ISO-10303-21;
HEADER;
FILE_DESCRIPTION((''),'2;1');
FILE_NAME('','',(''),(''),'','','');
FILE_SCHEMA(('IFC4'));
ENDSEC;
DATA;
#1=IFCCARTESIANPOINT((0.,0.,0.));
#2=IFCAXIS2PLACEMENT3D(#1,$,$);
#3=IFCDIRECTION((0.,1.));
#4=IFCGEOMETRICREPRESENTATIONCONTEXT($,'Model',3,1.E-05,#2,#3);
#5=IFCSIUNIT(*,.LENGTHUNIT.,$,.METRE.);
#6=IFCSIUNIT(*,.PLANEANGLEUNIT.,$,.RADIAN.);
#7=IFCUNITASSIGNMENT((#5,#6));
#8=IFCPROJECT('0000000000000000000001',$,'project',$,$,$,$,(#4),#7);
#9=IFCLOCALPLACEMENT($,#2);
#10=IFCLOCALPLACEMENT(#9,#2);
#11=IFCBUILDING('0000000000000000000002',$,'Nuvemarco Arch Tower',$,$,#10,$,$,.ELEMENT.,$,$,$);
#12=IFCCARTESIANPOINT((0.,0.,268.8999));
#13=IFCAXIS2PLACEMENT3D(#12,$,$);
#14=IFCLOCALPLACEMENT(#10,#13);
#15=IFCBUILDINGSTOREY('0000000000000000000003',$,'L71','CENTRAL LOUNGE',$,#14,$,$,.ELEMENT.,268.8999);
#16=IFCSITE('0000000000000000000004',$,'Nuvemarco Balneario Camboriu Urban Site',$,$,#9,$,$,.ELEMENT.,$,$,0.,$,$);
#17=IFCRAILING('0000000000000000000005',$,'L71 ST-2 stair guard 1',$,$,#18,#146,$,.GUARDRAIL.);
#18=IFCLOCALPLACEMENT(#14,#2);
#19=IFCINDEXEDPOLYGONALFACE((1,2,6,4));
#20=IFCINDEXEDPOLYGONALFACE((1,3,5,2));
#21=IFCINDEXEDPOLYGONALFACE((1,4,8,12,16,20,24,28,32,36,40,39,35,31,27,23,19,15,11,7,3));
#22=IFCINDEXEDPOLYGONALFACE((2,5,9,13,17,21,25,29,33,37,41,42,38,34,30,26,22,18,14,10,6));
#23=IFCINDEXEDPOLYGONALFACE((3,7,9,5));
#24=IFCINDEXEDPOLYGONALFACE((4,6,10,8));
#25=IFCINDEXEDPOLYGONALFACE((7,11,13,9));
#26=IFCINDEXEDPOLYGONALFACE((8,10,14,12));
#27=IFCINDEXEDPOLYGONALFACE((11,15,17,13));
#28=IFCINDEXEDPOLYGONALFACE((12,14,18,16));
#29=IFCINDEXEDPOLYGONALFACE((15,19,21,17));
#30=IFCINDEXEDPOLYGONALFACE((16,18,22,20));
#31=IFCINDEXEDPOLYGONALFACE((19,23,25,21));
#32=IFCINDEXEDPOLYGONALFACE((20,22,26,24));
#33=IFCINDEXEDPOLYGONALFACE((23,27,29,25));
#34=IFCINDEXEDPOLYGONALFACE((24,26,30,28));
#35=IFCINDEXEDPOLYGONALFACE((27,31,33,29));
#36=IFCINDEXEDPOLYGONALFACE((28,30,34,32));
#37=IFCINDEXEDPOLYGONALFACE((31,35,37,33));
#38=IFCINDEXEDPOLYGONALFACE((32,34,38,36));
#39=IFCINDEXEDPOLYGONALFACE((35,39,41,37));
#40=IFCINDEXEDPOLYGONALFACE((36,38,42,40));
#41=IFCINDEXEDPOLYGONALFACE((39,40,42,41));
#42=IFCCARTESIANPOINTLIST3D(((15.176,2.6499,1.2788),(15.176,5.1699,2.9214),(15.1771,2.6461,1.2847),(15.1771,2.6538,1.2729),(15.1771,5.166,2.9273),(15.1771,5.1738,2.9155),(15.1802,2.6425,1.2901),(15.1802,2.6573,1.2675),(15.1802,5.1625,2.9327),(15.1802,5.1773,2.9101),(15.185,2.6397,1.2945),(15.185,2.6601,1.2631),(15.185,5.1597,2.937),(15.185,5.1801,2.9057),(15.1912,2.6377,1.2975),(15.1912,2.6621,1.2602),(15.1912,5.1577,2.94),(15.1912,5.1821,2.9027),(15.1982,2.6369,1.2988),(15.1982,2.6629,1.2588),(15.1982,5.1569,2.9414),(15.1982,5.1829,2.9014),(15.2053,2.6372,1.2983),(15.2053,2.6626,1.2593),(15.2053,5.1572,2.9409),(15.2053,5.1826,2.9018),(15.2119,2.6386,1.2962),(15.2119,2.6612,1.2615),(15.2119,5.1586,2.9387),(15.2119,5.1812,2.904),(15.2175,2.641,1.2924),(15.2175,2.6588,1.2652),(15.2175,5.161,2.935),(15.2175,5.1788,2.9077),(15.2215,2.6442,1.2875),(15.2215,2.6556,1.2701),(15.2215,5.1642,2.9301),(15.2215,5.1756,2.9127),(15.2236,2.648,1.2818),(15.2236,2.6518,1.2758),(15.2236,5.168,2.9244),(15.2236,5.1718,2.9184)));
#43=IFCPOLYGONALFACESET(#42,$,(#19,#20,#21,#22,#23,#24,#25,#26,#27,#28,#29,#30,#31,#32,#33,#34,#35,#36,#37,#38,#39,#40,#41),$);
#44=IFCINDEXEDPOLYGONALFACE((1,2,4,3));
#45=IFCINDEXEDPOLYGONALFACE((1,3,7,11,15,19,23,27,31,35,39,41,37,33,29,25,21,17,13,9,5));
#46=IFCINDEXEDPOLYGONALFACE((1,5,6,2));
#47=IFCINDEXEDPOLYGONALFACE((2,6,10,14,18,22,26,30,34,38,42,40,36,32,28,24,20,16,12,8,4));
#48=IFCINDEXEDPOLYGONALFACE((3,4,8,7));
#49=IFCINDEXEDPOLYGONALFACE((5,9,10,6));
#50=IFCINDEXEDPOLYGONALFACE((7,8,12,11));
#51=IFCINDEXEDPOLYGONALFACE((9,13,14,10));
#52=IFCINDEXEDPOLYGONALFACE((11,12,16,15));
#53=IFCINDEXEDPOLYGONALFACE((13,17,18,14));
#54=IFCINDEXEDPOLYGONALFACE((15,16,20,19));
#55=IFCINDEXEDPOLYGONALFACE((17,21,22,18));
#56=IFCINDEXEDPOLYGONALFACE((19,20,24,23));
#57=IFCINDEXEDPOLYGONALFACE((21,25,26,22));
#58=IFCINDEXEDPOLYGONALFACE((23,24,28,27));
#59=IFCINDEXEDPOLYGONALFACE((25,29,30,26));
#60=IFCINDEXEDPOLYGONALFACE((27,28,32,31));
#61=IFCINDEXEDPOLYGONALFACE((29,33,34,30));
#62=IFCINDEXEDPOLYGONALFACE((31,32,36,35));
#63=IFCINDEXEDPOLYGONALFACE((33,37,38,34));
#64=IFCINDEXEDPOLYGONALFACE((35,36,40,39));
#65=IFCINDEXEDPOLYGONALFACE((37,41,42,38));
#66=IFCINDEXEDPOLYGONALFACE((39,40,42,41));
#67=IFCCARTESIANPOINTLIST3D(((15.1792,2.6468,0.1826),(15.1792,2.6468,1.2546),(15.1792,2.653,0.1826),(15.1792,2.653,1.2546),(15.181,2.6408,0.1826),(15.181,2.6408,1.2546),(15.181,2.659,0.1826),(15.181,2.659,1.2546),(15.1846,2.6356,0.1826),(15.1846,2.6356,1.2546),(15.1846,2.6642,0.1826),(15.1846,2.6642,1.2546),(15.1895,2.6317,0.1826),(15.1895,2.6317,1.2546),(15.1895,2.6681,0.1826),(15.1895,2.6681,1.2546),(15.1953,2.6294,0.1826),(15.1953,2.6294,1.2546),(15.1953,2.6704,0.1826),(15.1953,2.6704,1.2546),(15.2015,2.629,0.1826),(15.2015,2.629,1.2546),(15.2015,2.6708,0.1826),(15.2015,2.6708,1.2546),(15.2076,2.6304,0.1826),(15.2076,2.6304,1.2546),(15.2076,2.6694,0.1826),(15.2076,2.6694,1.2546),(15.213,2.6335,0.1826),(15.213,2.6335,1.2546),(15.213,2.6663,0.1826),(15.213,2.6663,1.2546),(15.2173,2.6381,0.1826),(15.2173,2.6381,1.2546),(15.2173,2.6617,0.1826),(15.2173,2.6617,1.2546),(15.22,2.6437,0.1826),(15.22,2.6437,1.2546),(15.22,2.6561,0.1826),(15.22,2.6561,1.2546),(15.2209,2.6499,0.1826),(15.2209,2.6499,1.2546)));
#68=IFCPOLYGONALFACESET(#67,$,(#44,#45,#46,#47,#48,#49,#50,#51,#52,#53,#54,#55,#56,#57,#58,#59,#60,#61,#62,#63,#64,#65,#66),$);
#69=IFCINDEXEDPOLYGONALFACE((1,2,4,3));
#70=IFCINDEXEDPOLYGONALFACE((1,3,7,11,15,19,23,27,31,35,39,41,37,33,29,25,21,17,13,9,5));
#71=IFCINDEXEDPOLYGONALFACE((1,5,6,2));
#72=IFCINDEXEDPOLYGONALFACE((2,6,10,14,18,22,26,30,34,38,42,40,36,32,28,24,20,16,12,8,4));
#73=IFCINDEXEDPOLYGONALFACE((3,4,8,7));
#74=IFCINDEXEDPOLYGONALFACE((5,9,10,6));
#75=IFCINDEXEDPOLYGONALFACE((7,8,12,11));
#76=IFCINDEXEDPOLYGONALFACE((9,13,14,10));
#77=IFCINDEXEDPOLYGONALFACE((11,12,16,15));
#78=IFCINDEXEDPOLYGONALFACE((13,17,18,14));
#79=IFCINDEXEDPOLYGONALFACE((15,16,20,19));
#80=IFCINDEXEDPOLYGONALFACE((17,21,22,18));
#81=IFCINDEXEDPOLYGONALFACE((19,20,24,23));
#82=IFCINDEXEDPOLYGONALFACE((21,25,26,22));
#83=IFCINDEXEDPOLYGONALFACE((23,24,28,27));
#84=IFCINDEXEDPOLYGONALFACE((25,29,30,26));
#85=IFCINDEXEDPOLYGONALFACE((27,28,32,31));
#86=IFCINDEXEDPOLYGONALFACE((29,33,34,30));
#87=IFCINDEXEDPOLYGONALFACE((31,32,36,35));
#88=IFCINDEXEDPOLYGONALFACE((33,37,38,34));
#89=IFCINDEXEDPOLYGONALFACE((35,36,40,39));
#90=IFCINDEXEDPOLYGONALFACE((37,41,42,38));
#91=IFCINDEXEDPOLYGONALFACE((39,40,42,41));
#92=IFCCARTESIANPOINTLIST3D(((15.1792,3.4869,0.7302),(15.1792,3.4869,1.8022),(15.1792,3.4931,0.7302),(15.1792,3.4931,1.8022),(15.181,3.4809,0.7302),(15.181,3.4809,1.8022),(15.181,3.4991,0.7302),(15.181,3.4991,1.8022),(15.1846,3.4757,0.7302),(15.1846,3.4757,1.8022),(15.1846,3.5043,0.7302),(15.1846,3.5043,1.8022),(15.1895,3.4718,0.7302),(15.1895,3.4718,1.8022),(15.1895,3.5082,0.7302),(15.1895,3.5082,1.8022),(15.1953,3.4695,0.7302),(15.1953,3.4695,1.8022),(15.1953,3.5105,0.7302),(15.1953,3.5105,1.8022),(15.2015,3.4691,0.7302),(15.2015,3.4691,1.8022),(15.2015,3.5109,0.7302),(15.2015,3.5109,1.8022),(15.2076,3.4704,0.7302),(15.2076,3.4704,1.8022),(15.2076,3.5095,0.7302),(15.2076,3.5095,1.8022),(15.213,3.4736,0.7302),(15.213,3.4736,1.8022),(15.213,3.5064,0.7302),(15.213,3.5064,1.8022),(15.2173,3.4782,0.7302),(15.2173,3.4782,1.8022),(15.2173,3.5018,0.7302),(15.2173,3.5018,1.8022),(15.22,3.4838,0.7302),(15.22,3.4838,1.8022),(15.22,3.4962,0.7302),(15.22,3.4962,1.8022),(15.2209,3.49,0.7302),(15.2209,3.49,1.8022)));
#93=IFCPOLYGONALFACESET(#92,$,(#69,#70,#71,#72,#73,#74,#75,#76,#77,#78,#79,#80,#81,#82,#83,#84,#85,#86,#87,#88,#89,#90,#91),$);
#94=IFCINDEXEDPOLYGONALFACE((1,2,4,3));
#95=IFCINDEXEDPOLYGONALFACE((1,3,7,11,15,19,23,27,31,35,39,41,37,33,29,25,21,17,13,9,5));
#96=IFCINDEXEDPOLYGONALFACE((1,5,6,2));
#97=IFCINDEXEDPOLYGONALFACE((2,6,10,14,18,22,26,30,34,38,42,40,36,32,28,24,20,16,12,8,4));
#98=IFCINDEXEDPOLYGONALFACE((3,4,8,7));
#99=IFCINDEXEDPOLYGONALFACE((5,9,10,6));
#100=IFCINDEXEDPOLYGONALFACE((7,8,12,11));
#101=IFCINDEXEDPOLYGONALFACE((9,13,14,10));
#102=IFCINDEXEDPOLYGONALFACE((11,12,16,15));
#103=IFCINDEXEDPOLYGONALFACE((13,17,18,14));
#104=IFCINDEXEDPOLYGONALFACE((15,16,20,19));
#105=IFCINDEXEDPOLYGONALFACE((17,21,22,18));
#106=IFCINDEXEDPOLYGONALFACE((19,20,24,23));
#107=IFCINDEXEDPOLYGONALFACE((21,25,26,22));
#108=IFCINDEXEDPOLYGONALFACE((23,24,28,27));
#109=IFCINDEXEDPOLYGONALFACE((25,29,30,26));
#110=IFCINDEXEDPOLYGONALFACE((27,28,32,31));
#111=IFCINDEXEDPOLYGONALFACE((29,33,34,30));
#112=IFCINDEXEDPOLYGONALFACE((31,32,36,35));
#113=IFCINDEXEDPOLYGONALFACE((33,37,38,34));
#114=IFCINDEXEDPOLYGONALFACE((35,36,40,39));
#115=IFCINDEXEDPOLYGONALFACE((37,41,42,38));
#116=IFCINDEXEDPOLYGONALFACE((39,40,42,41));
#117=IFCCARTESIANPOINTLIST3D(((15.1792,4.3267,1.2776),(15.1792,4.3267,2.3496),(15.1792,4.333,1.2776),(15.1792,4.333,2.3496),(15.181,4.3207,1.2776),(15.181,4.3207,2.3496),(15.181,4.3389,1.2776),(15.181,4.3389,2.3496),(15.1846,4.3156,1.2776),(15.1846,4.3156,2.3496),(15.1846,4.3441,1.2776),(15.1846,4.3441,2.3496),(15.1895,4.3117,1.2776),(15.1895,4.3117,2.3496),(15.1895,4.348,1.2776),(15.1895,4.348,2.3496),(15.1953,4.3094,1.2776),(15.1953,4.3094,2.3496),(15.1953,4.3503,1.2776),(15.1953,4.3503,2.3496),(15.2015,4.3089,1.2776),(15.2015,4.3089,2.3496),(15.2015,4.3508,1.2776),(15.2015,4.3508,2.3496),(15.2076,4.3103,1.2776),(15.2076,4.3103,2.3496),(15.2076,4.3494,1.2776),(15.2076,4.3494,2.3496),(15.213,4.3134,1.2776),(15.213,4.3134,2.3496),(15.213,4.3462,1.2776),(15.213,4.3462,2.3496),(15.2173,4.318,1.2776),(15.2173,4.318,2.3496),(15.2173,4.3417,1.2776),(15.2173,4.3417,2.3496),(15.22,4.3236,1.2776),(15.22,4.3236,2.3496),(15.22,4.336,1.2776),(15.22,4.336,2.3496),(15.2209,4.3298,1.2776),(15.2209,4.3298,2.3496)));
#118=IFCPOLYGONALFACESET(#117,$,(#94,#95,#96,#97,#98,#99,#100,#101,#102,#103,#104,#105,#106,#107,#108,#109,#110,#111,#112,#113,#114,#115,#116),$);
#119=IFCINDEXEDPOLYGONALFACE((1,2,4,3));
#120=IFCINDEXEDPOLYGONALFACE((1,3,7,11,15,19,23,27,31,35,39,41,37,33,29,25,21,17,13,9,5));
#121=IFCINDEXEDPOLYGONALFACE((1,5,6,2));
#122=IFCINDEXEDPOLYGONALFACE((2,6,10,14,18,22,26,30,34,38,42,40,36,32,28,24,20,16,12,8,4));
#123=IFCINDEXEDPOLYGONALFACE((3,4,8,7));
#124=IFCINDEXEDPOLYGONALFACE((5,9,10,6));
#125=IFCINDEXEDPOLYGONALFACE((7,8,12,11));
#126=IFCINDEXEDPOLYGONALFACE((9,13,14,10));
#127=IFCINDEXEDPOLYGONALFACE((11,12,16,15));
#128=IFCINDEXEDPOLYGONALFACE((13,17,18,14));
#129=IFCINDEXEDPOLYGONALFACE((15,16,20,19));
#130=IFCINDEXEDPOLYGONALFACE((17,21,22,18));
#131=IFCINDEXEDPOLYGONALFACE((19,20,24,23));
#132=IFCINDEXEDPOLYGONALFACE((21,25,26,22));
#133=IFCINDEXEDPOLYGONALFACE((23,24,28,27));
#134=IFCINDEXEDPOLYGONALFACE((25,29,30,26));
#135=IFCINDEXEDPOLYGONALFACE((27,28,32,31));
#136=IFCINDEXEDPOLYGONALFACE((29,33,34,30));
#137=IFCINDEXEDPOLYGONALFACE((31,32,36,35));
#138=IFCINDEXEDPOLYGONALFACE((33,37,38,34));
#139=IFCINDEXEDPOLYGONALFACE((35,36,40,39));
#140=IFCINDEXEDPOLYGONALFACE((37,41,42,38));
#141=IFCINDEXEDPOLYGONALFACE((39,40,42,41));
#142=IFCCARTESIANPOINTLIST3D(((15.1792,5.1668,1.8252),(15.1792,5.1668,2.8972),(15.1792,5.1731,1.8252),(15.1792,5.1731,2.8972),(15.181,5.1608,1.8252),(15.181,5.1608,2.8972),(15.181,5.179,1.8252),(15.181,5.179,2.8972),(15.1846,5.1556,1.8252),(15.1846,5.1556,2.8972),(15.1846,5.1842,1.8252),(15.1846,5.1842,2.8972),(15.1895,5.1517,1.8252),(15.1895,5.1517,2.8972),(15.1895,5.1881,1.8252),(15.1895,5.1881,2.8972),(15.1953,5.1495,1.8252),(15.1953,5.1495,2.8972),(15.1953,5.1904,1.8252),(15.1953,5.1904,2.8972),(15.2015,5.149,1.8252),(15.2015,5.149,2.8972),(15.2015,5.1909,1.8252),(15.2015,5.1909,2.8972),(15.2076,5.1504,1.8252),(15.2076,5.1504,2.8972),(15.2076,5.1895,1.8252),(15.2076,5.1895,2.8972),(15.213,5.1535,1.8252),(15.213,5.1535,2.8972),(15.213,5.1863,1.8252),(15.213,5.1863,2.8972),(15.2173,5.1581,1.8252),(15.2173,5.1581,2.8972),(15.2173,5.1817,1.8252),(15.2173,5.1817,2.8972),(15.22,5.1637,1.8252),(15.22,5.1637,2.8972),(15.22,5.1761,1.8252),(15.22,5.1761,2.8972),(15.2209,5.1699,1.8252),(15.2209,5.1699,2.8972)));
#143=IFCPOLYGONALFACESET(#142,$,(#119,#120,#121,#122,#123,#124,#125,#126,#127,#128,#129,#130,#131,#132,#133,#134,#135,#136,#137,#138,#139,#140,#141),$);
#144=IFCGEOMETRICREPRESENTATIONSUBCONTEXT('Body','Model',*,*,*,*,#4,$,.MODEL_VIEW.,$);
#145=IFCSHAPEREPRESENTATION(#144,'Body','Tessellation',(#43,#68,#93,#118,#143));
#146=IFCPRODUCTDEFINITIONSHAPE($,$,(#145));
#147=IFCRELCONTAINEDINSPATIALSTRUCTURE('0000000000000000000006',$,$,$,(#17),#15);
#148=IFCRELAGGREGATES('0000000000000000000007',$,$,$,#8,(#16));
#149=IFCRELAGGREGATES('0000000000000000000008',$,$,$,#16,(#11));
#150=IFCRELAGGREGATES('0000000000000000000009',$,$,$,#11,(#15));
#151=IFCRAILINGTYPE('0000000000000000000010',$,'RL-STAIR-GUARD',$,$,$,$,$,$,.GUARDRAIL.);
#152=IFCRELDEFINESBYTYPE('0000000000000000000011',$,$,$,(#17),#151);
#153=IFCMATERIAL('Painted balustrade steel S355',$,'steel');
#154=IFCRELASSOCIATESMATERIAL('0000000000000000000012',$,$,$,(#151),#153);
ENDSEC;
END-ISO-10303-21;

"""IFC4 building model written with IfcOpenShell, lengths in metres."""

from ifc_helpers import new_model, si_unit, direction, frame, origin, origin_2d, place, context, subcontext, project, spatial, circle, extrude, material, type_object, element, save


model = new_model("IFC4")

# Units and contexts
model_context = context("Model", 3, precision=1e-05, world=origin(), true_north=direction((0.0, 1.0)))
body_context = subcontext(model_context, "Body", "Model", "MODEL_VIEW")
ifc_project = project(units=[si_unit("LENGTHUNIT", "METRE"), si_unit("PLANEANGLEUNIT", "RADIAN")], contexts=[model_context])

# Site, building, storey
site_placement = place(None, origin())
site = spatial("IfcSite", under=ifc_project, at=site_placement, Name="Nuvemarco Balneario Camboriu Urban Site", CompositionType="ELEMENT", RefElevation=0.0)
building_placement = place(site_placement, origin())
building = spatial("IfcBuilding", under=site, at=building_placement, Name="Nuvemarco Arch Tower", CompositionType="ELEMENT")
storey_placement = place(building_placement, frame((0.0, 0.0, 268.8999)))
storey = spatial("IfcBuildingStorey", under=building, at=storey_placement, Name="L71", Description="CENTRAL LOUNGE", CompositionType="ELEMENT", Elevation=268.8999)

# Railing
ifc_material_1 = material(Name="Painted balustrade steel S355", Category="steel")
railing_type_1 = type_object("IfcRailingType", Name="RL-STAIR-GUARD", PredefinedType="GUARDRAIL", material=ifc_material_1)
railing_1_placement = place(storey_placement, frame((15.2, 2.6499, 0.1826)))
element("IfcRailing", 1, at=railing_1_placement, inside=storey, type_object=railing_type_1, Name="L71 ST-2 stair guard 1", PredefinedType="GUARDRAIL", context=body_context, shape_type="SweptSolid", body=[
    extrude(circle(Radius=0.0239, at=origin_2d()), frame((0.0, 0.0, 1.0962), z_axis=(0.0, 0.837749, 0.546055), x_axis=(-1.0, 0.0, 0.0)), (0.0, 0.0, 1.0), 3.0081),
    extrude(circle(Radius=0.021, at=origin_2d()), origin(), (0.0, 0.0, 1.0), 1.072),
    extrude(circle(Radius=0.021, at=origin_2d()), frame((0.0, 0.8401, 0.5476)), (0.0, 0.0, 1.0), 1.072),
    extrude(circle(Radius=0.021, at=origin_2d()), frame((0.0, 1.6799, 1.095)), (0.0, 0.0, 1.0), 1.072),
    extrude(circle(Radius=0.021, at=origin_2d()), frame((0.0, 2.52, 1.6426)), (0.0, 0.0, 1.0), 1.072),
])

save(model, "model.ifc")
